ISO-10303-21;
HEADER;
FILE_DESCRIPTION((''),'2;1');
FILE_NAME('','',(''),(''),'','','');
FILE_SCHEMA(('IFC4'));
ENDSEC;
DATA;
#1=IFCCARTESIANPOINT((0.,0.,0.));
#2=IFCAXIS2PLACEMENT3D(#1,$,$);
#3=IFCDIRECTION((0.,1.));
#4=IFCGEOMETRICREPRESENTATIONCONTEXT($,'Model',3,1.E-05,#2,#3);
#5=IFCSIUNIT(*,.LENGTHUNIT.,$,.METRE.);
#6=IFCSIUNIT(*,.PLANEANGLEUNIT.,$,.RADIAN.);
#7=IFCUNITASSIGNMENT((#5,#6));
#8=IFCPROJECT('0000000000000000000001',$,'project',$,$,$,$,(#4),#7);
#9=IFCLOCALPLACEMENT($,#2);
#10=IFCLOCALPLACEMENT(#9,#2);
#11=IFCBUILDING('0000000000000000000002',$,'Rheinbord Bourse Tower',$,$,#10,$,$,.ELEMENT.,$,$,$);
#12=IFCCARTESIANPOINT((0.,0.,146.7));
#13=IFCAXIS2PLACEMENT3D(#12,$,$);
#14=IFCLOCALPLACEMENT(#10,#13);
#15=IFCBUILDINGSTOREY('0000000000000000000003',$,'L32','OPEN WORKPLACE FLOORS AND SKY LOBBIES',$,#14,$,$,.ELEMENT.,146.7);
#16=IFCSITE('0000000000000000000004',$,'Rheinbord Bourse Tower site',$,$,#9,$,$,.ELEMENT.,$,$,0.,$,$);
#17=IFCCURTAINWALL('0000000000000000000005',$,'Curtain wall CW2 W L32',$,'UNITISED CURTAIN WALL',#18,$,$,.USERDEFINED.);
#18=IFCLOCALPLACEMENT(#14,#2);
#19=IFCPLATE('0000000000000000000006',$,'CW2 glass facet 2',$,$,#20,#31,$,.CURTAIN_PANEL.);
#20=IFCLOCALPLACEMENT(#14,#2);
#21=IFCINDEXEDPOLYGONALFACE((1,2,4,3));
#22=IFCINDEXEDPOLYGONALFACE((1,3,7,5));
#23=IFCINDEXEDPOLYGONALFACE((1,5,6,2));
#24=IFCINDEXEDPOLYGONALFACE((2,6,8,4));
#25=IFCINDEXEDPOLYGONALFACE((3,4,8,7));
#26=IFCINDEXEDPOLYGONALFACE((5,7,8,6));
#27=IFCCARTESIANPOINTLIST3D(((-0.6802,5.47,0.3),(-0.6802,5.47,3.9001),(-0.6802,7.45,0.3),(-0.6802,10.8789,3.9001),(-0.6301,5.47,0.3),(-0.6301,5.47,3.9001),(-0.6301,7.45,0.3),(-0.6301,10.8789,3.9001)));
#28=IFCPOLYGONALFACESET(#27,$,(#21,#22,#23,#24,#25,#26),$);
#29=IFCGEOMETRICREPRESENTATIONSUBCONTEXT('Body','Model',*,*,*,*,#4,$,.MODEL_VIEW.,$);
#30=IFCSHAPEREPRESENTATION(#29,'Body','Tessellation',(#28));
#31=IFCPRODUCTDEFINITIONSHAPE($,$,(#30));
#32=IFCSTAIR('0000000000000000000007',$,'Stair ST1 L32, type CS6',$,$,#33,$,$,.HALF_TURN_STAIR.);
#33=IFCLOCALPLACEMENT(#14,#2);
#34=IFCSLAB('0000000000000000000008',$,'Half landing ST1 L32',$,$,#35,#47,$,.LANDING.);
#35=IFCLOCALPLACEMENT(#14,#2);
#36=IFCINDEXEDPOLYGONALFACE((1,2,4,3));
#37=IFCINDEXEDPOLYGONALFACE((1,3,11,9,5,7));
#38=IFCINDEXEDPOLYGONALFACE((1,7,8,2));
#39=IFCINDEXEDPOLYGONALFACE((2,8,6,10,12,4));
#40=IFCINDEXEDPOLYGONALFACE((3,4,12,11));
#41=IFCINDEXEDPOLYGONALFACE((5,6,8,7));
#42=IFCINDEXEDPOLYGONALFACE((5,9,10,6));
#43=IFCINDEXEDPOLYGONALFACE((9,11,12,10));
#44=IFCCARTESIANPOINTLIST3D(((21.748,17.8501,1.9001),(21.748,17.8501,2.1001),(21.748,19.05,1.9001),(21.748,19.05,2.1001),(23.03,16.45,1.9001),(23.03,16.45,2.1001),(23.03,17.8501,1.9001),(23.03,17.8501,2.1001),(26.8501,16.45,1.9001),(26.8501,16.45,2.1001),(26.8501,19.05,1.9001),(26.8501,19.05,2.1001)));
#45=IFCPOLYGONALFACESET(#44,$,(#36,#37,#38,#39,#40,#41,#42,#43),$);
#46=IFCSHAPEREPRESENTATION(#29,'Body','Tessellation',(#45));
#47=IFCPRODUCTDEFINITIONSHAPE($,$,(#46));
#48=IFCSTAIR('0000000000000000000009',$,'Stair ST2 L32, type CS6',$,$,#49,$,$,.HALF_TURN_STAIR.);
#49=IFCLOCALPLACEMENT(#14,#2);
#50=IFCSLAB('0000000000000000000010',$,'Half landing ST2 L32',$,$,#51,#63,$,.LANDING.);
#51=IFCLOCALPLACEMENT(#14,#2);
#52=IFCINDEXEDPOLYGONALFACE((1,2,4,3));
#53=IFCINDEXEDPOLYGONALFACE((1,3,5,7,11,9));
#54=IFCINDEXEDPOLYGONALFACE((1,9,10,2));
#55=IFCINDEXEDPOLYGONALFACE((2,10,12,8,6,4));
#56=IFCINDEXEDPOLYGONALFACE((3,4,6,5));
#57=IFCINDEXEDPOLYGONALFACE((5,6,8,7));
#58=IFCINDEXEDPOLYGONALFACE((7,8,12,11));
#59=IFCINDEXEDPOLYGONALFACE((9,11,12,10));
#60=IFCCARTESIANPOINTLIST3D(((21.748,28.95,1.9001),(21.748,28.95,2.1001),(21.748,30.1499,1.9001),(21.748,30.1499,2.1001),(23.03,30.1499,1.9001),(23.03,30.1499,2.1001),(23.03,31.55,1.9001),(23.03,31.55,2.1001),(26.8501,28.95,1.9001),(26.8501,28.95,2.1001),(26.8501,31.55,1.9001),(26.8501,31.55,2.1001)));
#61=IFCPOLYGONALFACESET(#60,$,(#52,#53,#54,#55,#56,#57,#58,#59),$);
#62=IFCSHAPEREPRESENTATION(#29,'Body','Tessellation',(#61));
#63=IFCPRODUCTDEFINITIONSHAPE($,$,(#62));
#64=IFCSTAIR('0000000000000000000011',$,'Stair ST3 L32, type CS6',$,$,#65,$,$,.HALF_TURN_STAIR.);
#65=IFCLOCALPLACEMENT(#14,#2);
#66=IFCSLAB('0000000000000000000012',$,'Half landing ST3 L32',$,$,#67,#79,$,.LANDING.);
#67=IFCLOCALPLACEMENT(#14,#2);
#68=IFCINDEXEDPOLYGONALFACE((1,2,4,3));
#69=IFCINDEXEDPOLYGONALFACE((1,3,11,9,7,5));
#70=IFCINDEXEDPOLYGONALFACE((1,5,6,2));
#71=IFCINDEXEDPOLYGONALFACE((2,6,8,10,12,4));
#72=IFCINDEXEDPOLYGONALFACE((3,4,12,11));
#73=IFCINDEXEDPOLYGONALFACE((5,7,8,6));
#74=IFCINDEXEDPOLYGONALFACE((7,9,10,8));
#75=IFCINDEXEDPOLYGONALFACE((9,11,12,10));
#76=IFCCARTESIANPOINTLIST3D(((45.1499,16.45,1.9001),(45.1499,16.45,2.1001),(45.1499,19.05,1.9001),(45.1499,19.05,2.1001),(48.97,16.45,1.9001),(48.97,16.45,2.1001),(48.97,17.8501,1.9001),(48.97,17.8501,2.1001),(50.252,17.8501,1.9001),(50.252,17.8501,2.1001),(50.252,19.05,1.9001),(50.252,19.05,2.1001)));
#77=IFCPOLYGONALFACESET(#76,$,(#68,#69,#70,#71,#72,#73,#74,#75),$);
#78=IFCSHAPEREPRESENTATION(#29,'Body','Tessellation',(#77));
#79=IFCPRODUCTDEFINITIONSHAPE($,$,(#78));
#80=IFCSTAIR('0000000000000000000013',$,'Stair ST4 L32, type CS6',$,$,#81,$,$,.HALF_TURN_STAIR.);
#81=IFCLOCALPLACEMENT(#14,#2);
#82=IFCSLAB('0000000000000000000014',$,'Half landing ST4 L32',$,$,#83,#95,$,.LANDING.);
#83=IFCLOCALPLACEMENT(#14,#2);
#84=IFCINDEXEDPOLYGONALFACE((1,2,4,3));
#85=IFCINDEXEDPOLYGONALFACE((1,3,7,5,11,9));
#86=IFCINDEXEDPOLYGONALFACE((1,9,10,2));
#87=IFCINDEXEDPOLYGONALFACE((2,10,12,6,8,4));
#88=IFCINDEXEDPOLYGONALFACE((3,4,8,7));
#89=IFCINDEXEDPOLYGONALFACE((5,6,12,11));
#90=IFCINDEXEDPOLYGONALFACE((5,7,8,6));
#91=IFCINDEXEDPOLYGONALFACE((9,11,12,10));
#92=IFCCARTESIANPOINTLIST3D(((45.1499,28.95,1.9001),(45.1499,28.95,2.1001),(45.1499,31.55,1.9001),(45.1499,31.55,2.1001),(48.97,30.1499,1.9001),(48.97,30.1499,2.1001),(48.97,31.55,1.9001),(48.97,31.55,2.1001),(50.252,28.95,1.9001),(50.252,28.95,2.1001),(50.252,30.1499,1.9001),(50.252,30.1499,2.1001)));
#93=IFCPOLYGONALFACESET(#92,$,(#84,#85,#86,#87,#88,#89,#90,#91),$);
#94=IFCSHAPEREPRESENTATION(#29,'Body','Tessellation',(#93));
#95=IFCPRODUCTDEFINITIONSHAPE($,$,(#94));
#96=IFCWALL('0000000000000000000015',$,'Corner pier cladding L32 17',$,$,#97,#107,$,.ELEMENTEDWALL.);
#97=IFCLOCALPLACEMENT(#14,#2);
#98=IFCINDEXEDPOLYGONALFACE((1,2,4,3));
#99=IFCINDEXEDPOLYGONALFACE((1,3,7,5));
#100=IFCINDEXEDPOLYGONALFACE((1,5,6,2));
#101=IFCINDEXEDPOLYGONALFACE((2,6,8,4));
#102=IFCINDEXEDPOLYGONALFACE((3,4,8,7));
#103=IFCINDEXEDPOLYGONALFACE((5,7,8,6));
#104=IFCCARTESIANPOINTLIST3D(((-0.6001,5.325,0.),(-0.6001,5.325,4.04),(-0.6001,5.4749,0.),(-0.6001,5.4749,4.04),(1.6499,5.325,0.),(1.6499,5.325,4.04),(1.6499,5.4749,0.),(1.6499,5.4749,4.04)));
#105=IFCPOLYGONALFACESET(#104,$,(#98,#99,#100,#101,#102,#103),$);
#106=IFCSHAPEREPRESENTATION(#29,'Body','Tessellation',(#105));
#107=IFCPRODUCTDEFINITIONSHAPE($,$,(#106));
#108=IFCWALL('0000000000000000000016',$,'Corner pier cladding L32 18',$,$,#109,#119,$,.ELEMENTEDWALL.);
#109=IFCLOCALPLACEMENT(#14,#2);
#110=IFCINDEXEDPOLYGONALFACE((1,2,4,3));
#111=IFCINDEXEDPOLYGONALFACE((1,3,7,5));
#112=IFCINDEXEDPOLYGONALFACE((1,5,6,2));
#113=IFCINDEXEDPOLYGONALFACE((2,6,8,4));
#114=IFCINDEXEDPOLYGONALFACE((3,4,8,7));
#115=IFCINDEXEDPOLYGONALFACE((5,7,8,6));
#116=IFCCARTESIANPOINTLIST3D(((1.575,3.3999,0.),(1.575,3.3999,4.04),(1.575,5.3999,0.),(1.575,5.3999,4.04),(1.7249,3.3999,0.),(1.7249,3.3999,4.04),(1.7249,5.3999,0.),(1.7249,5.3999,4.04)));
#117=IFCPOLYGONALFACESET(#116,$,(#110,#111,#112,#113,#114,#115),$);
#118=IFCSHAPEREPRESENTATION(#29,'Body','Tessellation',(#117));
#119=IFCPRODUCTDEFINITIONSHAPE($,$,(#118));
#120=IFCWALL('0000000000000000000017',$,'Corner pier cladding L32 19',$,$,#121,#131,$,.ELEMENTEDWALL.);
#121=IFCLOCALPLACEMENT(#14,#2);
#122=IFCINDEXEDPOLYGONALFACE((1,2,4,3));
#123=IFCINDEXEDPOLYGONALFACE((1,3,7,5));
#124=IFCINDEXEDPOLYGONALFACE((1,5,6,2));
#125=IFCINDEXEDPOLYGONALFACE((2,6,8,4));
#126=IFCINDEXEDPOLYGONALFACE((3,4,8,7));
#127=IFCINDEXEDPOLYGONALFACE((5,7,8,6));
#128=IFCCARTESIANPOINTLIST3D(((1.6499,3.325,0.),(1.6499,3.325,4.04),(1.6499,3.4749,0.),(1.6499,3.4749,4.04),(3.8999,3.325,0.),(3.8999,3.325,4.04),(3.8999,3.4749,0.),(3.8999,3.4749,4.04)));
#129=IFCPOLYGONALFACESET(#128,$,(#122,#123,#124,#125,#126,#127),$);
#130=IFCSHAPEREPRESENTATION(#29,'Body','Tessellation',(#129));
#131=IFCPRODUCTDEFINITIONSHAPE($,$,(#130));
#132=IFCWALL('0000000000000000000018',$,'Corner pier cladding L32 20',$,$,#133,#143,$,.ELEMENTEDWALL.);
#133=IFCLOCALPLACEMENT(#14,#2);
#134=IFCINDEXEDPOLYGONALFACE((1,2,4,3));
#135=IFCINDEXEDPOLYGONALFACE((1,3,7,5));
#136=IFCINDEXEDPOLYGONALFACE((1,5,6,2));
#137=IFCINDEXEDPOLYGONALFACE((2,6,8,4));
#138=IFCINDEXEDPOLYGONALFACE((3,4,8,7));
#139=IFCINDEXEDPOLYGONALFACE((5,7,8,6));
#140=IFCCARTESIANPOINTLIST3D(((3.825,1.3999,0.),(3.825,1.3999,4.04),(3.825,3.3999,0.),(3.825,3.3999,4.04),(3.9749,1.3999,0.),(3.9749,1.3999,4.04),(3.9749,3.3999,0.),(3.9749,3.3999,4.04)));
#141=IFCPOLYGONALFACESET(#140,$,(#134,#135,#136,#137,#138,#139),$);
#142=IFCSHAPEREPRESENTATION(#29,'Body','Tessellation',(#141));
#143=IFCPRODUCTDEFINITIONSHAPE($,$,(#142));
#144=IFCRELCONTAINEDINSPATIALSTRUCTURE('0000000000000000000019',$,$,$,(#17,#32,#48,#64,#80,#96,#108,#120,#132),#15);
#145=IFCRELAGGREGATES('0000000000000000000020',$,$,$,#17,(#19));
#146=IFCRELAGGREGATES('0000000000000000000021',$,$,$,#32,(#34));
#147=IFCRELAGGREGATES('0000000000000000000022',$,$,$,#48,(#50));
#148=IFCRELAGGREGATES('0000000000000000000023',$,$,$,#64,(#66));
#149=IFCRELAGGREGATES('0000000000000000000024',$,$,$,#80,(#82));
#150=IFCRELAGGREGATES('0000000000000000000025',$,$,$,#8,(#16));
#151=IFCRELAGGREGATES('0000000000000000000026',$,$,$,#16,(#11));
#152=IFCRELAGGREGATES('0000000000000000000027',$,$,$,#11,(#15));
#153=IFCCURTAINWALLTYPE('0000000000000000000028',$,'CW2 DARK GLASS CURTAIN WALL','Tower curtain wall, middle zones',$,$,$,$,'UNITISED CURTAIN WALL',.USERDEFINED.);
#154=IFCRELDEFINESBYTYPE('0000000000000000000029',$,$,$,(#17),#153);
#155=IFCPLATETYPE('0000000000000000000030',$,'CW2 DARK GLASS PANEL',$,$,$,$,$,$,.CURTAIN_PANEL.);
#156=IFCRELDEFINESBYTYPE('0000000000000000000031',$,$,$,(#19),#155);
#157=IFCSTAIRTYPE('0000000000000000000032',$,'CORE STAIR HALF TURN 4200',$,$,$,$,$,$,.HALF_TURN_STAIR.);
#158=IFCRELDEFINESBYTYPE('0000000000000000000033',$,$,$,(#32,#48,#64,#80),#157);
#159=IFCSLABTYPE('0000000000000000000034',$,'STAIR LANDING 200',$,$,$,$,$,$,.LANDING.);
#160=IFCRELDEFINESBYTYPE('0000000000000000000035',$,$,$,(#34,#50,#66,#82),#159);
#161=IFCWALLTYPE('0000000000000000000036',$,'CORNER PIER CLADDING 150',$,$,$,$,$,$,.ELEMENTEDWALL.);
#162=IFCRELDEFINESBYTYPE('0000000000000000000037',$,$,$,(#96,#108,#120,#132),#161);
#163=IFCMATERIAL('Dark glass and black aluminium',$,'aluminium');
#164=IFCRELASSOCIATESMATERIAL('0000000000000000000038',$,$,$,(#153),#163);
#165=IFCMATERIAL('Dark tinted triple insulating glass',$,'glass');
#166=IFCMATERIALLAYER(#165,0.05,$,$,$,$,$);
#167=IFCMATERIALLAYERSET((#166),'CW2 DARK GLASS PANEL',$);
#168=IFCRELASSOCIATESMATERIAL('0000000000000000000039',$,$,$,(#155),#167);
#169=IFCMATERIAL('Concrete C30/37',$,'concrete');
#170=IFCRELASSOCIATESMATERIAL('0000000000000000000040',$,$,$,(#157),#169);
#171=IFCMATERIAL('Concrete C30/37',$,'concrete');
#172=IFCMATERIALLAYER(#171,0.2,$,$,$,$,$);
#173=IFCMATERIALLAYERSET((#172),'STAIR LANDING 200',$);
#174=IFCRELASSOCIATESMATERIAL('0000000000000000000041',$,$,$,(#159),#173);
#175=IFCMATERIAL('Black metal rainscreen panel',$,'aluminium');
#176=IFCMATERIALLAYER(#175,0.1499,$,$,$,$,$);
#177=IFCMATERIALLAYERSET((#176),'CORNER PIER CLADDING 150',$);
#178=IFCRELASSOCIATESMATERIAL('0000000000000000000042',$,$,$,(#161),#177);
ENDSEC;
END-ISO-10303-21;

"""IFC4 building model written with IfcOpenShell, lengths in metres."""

from ifc_helpers import new_model, si_unit, direction, frame, frame_2d, origin, place, context, subcontext, project, spatial, polyline, rectangle, outline, extrude, material, layer, layer_set, type_object, element, aggregate, save


model = new_model("IFC4")

# Units and contexts
model_context = context("Model", 3, precision=1e-05, world=origin(), true_north=direction((0.0, 1.0)))
body_context = subcontext(model_context, "Body", "Model", "MODEL_VIEW")
ifc_project = project(units=[si_unit("LENGTHUNIT", "METRE"), si_unit("PLANEANGLEUNIT", "RADIAN")], contexts=[model_context])

# Site, building, storey
site_placement = place(None, origin())
site = spatial("IfcSite", under=ifc_project, at=site_placement, Name="Rheinbord Bourse Tower site", CompositionType="ELEMENT", RefElevation=0.0)
building_placement = place(site_placement, origin())
building = spatial("IfcBuilding", under=site, at=building_placement, Name="Rheinbord Bourse Tower", CompositionType="ELEMENT")
storey_placement = place(building_placement, frame((0.0, 0.0, 146.7)))
storey = spatial("IfcBuildingStorey", under=building, at=storey_placement, Name="L32", Description="OPEN WORKPLACE FLOORS AND SKY LOBBIES", CompositionType="ELEMENT", Elevation=146.7)

# Shared definitions
ifc_material_1 = material(Name="Dark glass and black aluminium", Category="aluminium")
curtain_wall_type = type_object("IfcCurtainWallType", Name="CW2 DARK GLASS CURTAIN WALL", Description="Tower curtain wall, middle zones", ElementType="UNITISED CURTAIN WALL", PredefinedType="USERDEFINED", material=ifc_material_1)

# Curtain wall
curtain_wall_1_placement = place(storey_placement, origin())
curtain_wall_1 = element("IfcCurtainWall", 1, at=curtain_wall_1_placement, inside=storey, type_object=curtain_wall_type, Name="Curtain wall CW2 W L32", ObjectType="UNITISED CURTAIN WALL", PredefinedType="USERDEFINED")

# Plate
ifc_material_2 = material(Name="Dark tinted triple insulating glass", Category="glass")
ifc_layer_1 = layer(ifc_material_2, 0.05)
ifc_layer_set_1 = layer_set([ifc_layer_1], Name="CW2 DARK GLASS PANEL")
plate_type = type_object("IfcPlateType", Name="CW2 DARK GLASS PANEL", PredefinedType="CURTAIN_PANEL", material=ifc_layer_set_1)
plate_1_placement = place(storey_placement, frame((-0.6802, 5.47, 3.9001), z_axis=(1.0, 0.0, 0.0), x_axis=(0.0, 0.0, -1.0)))
plate_1 = element("IfcPlate", 2, at=plate_1_placement, type_object=plate_type, Name="CW2 glass facet 2", PredefinedType="CURTAIN_PANEL", context=body_context, shape_type="SweptSolid", body=[
    extrude(outline(polyline([(0.0, 0.0), (3.6001, 0.0), (3.6001, 1.98), (0.0, 5.4089), (0.0, 0.0)])), origin(), (0.0, 0.0, 1.0), 0.05),
])
aggregate(curtain_wall_1, [plate_1])

# Stairs, slabs
ifc_material_3 = material(Name="Concrete C30/37", Category="concrete")
stair_type = type_object("IfcStairType", Name="CORE STAIR HALF TURN 4200", PredefinedType="HALF_TURN_STAIR", material=ifc_material_3)
stair_1_placement = place(storey_placement, origin())
stair_1 = element("IfcStair", 3, at=stair_1_placement, inside=storey, type_object=stair_type, Name="Stair ST1 L32, type CS6", PredefinedType="HALF_TURN_STAIR")
ifc_material_4 = material(Name="Concrete C30/37", Category="concrete")
ifc_layer_2 = layer(ifc_material_4, 0.2)
ifc_layer_set_2 = layer_set([ifc_layer_2], Name="STAIR LANDING 200")
slab_type_1 = type_object("IfcSlabType", Name="STAIR LANDING 200", PredefinedType="LANDING", material=ifc_layer_set_2)
slab_1_placement = place(storey_placement, frame((0.0, 0.0, 1.9001)))
slab_1 = element("IfcSlab", 4, at=slab_1_placement, type_object=slab_type_1, Name="Half landing ST1 L32", PredefinedType="LANDING", context=body_context, shape_type="SweptSolid", body=[
    extrude(outline(polyline([(23.03, 16.45), (26.8501, 16.45), (26.8501, 19.05), (21.748, 19.05), (21.748, 17.8501), (23.03, 17.8501), (23.03, 16.45)])), origin(), (0.0, 0.0, 1.0), 0.2),
])
aggregate(stair_1, [slab_1])
stair_2_placement = place(storey_placement, origin())
stair_2 = element("IfcStair", 5, at=stair_2_placement, inside=storey, type_object=stair_type, Name="Stair ST2 L32, type CS6", PredefinedType="HALF_TURN_STAIR")
slab_2_placement = place(storey_placement, frame((0.0, 0.0, 1.9001)))
slab_2 = element("IfcSlab", 6, at=slab_2_placement, type_object=slab_type_1, Name="Half landing ST2 L32", PredefinedType="LANDING", context=body_context, shape_type="SweptSolid", body=[
    extrude(outline(polyline([(21.748, 28.95), (26.8501, 28.95), (26.8501, 31.55), (23.03, 31.55), (23.03, 30.1499), (21.748, 30.1499), (21.748, 28.95)])), origin(), (0.0, 0.0, 1.0), 0.2),
])
aggregate(stair_2, [slab_2])
stair_3_placement = place(storey_placement, origin())
stair_3 = element("IfcStair", 7, at=stair_3_placement, inside=storey, type_object=stair_type, Name="Stair ST3 L32, type CS6", PredefinedType="HALF_TURN_STAIR")
slab_3_placement = place(storey_placement, frame((0.0, 0.0, 1.9001)))
slab_3 = element("IfcSlab", 8, at=slab_3_placement, type_object=slab_type_1, Name="Half landing ST3 L32", PredefinedType="LANDING", context=body_context, shape_type="SweptSolid", body=[
    extrude(outline(polyline([(45.1499, 16.45), (48.97, 16.45), (48.97, 17.8501), (50.252, 17.8501), (50.252, 19.05), (45.1499, 19.05), (45.1499, 16.45)])), origin(), (0.0, 0.0, 1.0), 0.2),
])
aggregate(stair_3, [slab_3])
stair_4_placement = place(storey_placement, origin())
stair_4 = element("IfcStair", 9, at=stair_4_placement, inside=storey, type_object=stair_type, Name="Stair ST4 L32, type CS6", PredefinedType="HALF_TURN_STAIR")
slab_4_placement = place(storey_placement, frame((0.0, 0.0, 1.9001)))
slab_4 = element("IfcSlab", 10, at=slab_4_placement, type_object=slab_type_1, Name="Half landing ST4 L32", PredefinedType="LANDING", context=body_context, shape_type="SweptSolid", body=[
    extrude(outline(polyline([(45.1499, 28.95), (50.252, 28.95), (50.252, 30.1499), (48.97, 30.1499), (48.97, 31.55), (45.1499, 31.55), (45.1499, 28.95)])), origin(), (0.0, 0.0, 1.0), 0.2),
])
aggregate(stair_4, [slab_4])

# Walls
ifc_material_5 = material(Name="Black metal rainscreen panel", Category="aluminium")
ifc_layer_3 = layer(ifc_material_5, 0.1499)
ifc_layer_set_3 = layer_set([ifc_layer_3], Name="CORNER PIER CLADDING 150")
wall_type = type_object("IfcWallType", Name="CORNER PIER CLADDING 150", PredefinedType="ELEMENTEDWALL", material=ifc_layer_set_3)
wall_1_placement = place(storey_placement, frame((-0.6001, 5.3999, 0.0), z_axis=(0.0, 0.0, 1.0), x_axis=(1.0, 0.0, 0.0)))
element("IfcWall", 11, at=wall_1_placement, inside=storey, type_object=wall_type, Name="Corner pier cladding L32 17", PredefinedType="ELEMENTEDWALL", context=body_context, shape_type="SweptSolid", body=[
    extrude(rectangle(XDim=2.25, YDim=0.1499, at=frame_2d((1.125, 0.0))), origin(), (0.0, 0.0, 1.0), 4.04),
])
wall_2_placement = place(storey_placement, frame((1.6499, 5.3999, 0.0), z_axis=(0.0, 0.0, 1.0), x_axis=(0.0, -1.0, 0.0)))
element("IfcWall", 12, at=wall_2_placement, inside=storey, type_object=wall_type, Name="Corner pier cladding L32 18", PredefinedType="ELEMENTEDWALL", context=body_context, shape_type="SweptSolid", body=[
    extrude(rectangle(XDim=2.0, YDim=0.1499, at=frame_2d((1.0, 0.0))), origin(), (0.0, 0.0, 1.0), 4.04),
])
wall_3_placement = place(storey_placement, frame((1.6499, 3.3999, 0.0), z_axis=(0.0, 0.0, 1.0), x_axis=(1.0, 0.0, 0.0)))
element("IfcWall", 13, at=wall_3_placement, inside=storey, type_object=wall_type, Name="Corner pier cladding L32 19", PredefinedType="ELEMENTEDWALL", context=body_context, shape_type="SweptSolid", body=[
    extrude(rectangle(XDim=2.25, YDim=0.1499, at=frame_2d((1.125, 0.0))), origin(), (0.0, 0.0, 1.0), 4.04),
])
wall_4_placement = place(storey_placement, frame((3.8999, 3.3999, 0.0), z_axis=(0.0, 0.0, 1.0), x_axis=(0.0, -1.0, 0.0)))
element("IfcWall", 14, at=wall_4_placement, inside=storey, type_object=wall_type, Name="Corner pier cladding L32 20", PredefinedType="ELEMENTEDWALL", context=body_context, shape_type="SweptSolid", body=[
    extrude(rectangle(XDim=2.0, YDim=0.1499, at=frame_2d((1.0, 0.0))), origin(), (0.0, 0.0, 1.0), 4.04),
])

save(model, "model.ifc")
